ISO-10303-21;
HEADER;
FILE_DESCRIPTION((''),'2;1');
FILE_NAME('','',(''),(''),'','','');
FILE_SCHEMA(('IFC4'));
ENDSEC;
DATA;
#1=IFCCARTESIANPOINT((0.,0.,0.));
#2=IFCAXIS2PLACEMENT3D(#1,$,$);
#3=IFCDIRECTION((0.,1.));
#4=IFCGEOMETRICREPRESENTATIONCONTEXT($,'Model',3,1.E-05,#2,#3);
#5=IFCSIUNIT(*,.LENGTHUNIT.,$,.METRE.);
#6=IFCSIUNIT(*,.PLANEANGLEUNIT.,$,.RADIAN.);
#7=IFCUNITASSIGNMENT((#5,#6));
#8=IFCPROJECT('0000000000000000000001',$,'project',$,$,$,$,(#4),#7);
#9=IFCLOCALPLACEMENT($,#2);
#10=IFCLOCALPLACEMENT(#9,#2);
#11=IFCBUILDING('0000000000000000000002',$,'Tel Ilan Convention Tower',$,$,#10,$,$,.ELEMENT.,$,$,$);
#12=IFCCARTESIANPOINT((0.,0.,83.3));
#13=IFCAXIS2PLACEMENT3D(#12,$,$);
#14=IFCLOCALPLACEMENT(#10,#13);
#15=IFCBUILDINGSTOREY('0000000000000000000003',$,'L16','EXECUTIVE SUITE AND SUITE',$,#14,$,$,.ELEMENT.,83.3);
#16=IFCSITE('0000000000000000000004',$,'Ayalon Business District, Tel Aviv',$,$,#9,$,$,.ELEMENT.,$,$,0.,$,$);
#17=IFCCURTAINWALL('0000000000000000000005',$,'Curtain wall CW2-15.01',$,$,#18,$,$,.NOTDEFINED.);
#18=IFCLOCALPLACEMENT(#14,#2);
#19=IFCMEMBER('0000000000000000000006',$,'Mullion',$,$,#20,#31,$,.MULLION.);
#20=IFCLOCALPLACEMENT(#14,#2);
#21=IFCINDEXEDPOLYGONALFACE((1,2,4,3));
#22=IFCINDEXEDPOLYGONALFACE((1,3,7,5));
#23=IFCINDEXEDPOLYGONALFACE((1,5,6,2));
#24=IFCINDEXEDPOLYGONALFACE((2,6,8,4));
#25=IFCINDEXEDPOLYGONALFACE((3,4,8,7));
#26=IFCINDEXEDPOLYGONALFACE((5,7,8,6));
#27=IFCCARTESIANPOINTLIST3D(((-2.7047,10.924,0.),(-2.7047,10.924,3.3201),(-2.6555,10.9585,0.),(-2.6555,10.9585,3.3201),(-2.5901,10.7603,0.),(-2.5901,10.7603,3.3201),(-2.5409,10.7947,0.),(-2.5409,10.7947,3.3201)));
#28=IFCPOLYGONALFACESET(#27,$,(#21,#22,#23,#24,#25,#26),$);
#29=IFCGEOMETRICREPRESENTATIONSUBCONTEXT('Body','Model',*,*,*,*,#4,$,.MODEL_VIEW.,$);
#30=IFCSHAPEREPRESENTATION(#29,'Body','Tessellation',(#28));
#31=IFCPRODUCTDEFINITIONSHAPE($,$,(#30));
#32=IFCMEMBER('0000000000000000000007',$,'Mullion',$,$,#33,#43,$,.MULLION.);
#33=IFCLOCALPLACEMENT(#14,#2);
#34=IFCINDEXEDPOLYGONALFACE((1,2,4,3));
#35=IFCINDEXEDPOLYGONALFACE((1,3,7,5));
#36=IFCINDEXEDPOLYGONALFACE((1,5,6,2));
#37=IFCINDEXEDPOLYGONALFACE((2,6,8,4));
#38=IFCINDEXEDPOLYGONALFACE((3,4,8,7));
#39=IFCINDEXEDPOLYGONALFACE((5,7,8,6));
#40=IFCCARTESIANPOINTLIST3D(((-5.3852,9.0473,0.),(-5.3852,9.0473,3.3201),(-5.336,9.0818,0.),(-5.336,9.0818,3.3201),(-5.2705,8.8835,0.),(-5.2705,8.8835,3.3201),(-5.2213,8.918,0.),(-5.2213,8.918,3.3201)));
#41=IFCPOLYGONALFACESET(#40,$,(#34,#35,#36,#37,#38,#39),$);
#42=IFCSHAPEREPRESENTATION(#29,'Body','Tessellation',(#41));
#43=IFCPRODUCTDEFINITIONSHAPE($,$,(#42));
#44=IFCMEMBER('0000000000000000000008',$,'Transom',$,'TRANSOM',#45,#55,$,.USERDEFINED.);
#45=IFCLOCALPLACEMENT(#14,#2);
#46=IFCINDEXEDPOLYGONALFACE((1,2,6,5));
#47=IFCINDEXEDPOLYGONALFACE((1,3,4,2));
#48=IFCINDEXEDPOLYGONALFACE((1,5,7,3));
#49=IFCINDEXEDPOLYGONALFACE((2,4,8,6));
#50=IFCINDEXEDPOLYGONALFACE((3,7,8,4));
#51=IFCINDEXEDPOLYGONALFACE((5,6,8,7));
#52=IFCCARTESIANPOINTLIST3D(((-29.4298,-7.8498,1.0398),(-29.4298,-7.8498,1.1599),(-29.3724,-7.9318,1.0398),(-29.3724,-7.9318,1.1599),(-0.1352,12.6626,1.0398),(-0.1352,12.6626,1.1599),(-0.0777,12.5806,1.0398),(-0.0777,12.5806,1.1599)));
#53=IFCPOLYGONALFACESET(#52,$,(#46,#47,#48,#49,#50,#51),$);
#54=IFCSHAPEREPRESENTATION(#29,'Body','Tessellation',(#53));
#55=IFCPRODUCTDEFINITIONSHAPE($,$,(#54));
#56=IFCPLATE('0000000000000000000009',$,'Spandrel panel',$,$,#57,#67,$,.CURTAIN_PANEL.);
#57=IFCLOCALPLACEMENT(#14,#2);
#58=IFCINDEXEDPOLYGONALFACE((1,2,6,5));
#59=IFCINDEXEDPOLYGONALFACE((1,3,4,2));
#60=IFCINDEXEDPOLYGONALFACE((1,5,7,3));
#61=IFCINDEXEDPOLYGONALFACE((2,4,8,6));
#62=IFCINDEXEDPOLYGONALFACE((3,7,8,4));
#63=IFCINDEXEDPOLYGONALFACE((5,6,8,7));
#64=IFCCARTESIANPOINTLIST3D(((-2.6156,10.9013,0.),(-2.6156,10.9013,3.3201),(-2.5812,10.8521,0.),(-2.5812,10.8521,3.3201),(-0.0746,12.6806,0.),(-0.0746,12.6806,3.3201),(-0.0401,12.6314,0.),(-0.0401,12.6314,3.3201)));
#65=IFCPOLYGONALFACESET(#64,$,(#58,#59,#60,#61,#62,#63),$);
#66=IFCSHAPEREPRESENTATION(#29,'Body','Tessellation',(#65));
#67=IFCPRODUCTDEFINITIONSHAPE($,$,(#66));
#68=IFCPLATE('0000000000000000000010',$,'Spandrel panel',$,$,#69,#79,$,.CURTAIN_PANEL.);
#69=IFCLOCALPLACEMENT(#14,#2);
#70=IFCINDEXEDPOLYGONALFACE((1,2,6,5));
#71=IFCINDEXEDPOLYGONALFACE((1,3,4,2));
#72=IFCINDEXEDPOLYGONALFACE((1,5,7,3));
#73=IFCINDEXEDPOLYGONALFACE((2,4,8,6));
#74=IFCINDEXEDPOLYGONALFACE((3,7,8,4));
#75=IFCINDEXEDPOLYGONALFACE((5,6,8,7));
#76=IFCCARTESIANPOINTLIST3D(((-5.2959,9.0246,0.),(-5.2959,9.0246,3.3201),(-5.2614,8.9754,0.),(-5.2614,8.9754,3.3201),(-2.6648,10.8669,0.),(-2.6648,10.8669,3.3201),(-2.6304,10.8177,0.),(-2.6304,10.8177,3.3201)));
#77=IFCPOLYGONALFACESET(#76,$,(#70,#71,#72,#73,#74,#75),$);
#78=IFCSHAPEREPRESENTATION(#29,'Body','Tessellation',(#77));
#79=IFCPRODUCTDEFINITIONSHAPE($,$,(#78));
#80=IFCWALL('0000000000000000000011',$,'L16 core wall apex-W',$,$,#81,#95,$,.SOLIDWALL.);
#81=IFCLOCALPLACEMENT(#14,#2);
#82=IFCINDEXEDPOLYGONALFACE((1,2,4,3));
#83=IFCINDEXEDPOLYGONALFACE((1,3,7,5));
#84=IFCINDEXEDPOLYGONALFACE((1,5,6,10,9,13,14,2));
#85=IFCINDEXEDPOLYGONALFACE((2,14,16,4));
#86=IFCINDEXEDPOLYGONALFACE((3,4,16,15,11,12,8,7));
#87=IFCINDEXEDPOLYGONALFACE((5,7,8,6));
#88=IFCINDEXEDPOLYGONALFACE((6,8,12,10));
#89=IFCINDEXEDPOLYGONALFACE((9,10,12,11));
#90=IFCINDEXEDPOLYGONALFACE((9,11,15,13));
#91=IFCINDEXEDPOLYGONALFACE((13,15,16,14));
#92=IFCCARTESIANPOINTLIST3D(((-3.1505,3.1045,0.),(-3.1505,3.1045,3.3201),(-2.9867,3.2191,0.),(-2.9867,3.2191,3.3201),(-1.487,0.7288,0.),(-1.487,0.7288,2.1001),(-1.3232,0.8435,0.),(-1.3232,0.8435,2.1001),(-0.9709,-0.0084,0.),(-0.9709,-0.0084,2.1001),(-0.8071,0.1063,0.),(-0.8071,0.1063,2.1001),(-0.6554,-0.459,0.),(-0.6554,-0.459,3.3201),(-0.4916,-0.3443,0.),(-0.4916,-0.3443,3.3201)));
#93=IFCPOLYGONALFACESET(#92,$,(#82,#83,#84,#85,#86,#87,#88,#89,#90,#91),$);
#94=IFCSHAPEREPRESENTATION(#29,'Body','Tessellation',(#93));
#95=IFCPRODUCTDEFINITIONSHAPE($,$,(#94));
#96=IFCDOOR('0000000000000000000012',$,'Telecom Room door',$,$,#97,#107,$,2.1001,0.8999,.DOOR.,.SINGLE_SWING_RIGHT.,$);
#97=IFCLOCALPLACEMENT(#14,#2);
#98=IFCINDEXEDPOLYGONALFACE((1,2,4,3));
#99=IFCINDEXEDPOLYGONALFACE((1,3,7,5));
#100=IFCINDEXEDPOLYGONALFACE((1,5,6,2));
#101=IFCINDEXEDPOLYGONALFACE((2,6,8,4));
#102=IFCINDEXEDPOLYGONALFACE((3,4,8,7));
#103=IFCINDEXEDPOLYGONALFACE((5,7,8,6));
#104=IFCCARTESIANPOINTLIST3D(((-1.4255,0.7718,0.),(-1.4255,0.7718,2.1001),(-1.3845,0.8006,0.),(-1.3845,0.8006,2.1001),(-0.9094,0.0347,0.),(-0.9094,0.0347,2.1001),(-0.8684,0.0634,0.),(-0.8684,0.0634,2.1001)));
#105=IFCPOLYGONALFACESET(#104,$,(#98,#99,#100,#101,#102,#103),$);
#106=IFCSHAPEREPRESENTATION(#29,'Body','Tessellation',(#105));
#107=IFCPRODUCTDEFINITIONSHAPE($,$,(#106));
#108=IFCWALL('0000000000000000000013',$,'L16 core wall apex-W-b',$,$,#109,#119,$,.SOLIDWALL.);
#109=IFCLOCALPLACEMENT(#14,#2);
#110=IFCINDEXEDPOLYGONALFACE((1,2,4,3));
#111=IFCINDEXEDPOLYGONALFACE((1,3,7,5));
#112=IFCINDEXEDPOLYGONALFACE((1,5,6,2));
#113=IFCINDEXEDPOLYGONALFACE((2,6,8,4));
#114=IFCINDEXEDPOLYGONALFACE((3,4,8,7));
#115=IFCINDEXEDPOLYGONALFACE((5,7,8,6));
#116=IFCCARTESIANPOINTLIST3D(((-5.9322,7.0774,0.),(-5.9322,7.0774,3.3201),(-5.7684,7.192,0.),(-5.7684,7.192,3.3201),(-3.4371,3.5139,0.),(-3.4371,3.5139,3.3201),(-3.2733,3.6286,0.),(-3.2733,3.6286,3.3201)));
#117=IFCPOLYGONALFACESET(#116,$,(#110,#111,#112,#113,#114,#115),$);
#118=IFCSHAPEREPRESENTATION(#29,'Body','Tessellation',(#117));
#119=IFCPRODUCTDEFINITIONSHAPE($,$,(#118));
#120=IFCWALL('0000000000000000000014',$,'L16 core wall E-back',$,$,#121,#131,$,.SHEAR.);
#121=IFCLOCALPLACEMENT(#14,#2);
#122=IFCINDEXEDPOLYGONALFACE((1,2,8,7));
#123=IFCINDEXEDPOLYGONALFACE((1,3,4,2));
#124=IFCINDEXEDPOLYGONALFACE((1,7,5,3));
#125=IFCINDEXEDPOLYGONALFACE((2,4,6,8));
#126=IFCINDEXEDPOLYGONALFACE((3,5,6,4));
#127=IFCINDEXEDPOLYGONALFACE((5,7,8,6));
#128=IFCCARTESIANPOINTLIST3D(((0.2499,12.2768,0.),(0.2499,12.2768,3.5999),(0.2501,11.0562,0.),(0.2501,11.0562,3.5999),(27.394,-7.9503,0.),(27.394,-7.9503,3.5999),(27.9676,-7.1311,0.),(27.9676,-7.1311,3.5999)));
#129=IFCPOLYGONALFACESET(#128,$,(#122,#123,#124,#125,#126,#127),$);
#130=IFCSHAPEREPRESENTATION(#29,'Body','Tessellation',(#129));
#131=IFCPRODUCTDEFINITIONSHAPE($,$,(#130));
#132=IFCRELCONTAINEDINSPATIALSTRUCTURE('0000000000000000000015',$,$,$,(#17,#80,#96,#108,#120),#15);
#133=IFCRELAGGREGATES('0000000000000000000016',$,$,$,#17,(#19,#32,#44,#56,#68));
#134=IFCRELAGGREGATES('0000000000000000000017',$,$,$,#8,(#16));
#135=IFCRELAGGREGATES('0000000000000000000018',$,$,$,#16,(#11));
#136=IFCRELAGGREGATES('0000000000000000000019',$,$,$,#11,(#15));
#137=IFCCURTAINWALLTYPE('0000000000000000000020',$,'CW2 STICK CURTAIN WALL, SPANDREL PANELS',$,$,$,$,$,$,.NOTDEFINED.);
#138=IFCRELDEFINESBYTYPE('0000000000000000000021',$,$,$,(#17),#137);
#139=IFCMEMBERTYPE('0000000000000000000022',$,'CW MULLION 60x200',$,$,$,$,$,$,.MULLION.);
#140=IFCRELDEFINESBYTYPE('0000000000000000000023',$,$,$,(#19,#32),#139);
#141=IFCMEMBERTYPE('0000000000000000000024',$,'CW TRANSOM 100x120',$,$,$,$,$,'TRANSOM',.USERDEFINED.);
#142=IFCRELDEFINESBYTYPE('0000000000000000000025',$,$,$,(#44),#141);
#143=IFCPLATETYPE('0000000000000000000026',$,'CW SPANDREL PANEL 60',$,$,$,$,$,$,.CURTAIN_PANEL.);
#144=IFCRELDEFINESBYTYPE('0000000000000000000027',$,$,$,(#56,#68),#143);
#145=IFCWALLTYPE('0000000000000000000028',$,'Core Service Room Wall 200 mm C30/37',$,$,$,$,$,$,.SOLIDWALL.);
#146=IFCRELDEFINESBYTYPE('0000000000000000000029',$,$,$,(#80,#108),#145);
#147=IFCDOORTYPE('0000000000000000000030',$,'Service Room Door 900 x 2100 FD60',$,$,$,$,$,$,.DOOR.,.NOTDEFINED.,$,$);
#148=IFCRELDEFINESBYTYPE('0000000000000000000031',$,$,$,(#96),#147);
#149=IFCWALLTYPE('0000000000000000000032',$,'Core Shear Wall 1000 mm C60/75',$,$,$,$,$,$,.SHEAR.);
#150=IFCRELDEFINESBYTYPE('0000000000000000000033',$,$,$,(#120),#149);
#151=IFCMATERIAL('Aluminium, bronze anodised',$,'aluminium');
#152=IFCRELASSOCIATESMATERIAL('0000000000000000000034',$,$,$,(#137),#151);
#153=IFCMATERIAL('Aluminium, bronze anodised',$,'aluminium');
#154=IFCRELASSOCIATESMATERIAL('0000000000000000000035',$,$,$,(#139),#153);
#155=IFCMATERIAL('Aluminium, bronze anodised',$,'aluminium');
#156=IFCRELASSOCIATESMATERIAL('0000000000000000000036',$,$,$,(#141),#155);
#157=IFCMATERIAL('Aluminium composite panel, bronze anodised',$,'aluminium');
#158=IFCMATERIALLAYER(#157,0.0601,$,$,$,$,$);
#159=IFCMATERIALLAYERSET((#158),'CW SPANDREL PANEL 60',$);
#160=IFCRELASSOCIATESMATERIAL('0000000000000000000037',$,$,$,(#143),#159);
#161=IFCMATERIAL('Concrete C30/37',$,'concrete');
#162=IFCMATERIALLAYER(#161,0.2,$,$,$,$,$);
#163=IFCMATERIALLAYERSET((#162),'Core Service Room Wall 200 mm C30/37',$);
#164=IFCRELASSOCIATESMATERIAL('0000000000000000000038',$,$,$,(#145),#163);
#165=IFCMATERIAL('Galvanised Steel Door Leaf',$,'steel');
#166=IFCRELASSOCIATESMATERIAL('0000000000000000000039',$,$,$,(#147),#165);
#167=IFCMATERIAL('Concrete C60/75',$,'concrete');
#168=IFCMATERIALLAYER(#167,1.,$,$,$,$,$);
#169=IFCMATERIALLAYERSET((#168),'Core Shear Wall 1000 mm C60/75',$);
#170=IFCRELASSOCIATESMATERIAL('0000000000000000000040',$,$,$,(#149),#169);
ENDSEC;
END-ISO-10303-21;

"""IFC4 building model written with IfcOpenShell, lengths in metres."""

from ifc_helpers import new_model, si_unit, direction, frame, frame_2d, origin, origin_2d, place, context, subcontext, project, spatial, polyline, rectangle, outline, extrude, material, layer, layer_set, material_profile, profile_set, type_object, element, fill, aggregate, save


model = new_model("IFC4")

# Units and contexts
model_context = context("Model", 3, precision=1e-05, world=origin(), true_north=direction((0.0, 1.0)))
body_context = subcontext(model_context, "Body", "Model", "MODEL_VIEW")
ifc_project = project(units=[si_unit("LENGTHUNIT", "METRE"), si_unit("PLANEANGLEUNIT", "RADIAN")], contexts=[model_context])

# Site, building, storey
site_placement = place(None, origin())
site = spatial("IfcSite", under=ifc_project, at=site_placement, Name="Ayalon Business District, Tel Aviv", CompositionType="ELEMENT", RefElevation=0.0)
building_placement = place(site_placement, origin())
building = spatial("IfcBuilding", under=site, at=building_placement, Name="Tel Ilan Convention Tower", CompositionType="ELEMENT")
storey_placement = place(building_placement, frame((0.0, 0.0, 83.3)))
storey = spatial("IfcBuildingStorey", under=building, at=storey_placement, Name="L16", Description="EXECUTIVE SUITE AND SUITE", CompositionType="ELEMENT", Elevation=83.3)

# Curtain wall, members, plates
ifc_material_1 = material(Name="Aluminium, bronze anodised", Category="aluminium")
curtain_wall_type = type_object("IfcCurtainWallType", Name="CW2 STICK CURTAIN WALL, SPANDREL PANELS", PredefinedType="NOTDEFINED", material=ifc_material_1)
curtain_wall_placement = place(storey_placement, origin())
curtain_wall = element("IfcCurtainWall", 1, at=curtain_wall_placement, inside=storey, type_object=curtain_wall_type, Name="Curtain wall CW2-15.01", PredefinedType="NOTDEFINED")
ifc_material_2 = material(Name="Aluminium, bronze anodised", Category="aluminium")
ifc_material_profile_1 = material_profile(ifc_material_2, rectangle(XDim=0.0601, YDim=0.2, at=origin_2d()), Name="CW MULLION 60x200")
ifc_profile_set_1 = profile_set([ifc_material_profile_1], Name="Aluminium, bronze anodised")
member_type_1 = type_object("IfcMemberType", Name="CW MULLION 60x200", PredefinedType="MULLION", material=ifc_profile_set_1)
member_1_placement = place(storey_placement, frame((-2.6228, 10.8594, 0.0), z_axis=(0.0, 0.0, 1.0), x_axis=(-0.819152, -0.573576, 0.0)))
member_1 = element("IfcMember", 2, at=member_1_placement, type_object=member_type_1, Name="Mullion", PredefinedType="MULLION", context=body_context, shape_type="SweptSolid", body=[
    extrude(rectangle(XDim=0.0601, YDim=0.2, at=origin_2d()), origin(), (0.0, 0.0, 1.0), 3.3201),
])
member_2_placement = place(storey_placement, frame((-5.3032, 8.9827, 0.0), z_axis=(0.0, 0.0, 1.0), x_axis=(-0.819152, -0.573576, 0.0)))
member_2 = element("IfcMember", 3, at=member_2_placement, type_object=member_type_1, Name="Mullion", PredefinedType="MULLION", context=body_context, shape_type="SweptSolid", body=[
    extrude(rectangle(XDim=0.0601, YDim=0.2, at=origin_2d()), origin(), (0.0, 0.0, 1.0), 3.3201),
])
ifc_material_3 = material(Name="Aluminium, bronze anodised", Category="aluminium")
ifc_material_profile_2 = material_profile(ifc_material_3, rectangle(XDim=0.1001, YDim=0.1201, at=origin_2d()), Name="CW TRANSOM 100x120")
ifc_profile_set_2 = profile_set([ifc_material_profile_2], Name="Aluminium, bronze anodised")
member_type_2 = type_object("IfcMemberType", Name="CW TRANSOM 100x120", ElementType="TRANSOM", PredefinedType="USERDEFINED", material=ifc_profile_set_2)
member_3_placement = place(storey_placement, frame((-0.1064, 12.6216, 1.0999), z_axis=(-0.819151, -0.573578, 0.0), x_axis=(0.573578, -0.819151, 0.0)))
member_3 = element("IfcMember", 4, at=member_3_placement, type_object=member_type_2, Name="Transom", ObjectType="TRANSOM", PredefinedType="USERDEFINED", context=body_context, shape_type="SweptSolid", body=[
    extrude(rectangle(XDim=0.1001, YDim=0.1201, at=origin_2d()), origin(), (0.0, 0.0, 1.0), 35.7622),
])
ifc_material_4 = material(Name="Aluminium composite panel, bronze anodised", Category="aluminium")
ifc_layer_1 = layer(ifc_material_4, 0.0601)
ifc_layer_set_1 = layer_set([ifc_layer_1], Name="CW SPANDREL PANEL 60")
plate_type = type_object("IfcPlateType", Name="CW SPANDREL PANEL 60", PredefinedType="CURTAIN_PANEL", material=ifc_layer_set_1)
plate_1_placement = place(storey_placement, frame((-1.3279, 11.7664, 0.0), z_axis=(0.0, 0.0, 1.0), x_axis=(-0.819152, -0.573576, 0.0)))
plate_1 = element("IfcPlate", 5, at=plate_1_placement, type_object=plate_type, Name="Spandrel panel", PredefinedType="CURTAIN_PANEL", context=body_context, shape_type="SweptSolid", body=[
    extrude(rectangle(XDim=3.1021, YDim=0.0601, at=origin_2d()), origin(), (0.0, 0.0, 1.0), 3.3201),
])
plate_2_placement = place(storey_placement, frame((-3.9631, 9.9211, 0.0), z_axis=(0.0, 0.0, 1.0), x_axis=(-0.819152, -0.573576, 0.0)))
plate_2 = element("IfcPlate", 6, at=plate_2_placement, type_object=plate_type, Name="Spandrel panel", PredefinedType="CURTAIN_PANEL", context=body_context, shape_type="SweptSolid", body=[
    extrude(rectangle(XDim=3.2119, YDim=0.0601, at=origin_2d()), origin(), (0.0, 0.0, 1.0), 3.3201),
])
aggregate(curtain_wall, [member_1, member_2, member_3, plate_1, plate_2])

# Wall, opening, door
ifc_material_5 = material(Name="Concrete C30/37", Category="concrete")
ifc_layer_2 = layer(ifc_material_5, 0.2)
ifc_layer_set_2 = layer_set([ifc_layer_2], Name="Core Service Room Wall 200 mm C30/37")
wall_type_1 = type_object("IfcWallType", Name="Core Service Room Wall 200 mm C30/37", PredefinedType="SOLIDWALL", material=ifc_layer_set_2)
wall_1_placement = place(storey_placement, frame((-0.5735, -0.4016, 0.0), z_axis=(0.0, 0.0, 1.0), x_axis=(-0.573568, 0.819158, 0.0)))
wall_1 = element("IfcWall", 7, at=wall_1_placement, inside=storey, type_object=wall_type_1, Name="L16 core wall apex-W", PredefinedType="SOLIDWALL", context=body_context, shape_type="SweptSolid", body=[
    extrude(rectangle(XDim=4.3501, YDim=0.2, at=frame_2d((2.175, 0.0))), origin(), (0.0, 0.0, 1.0), 3.3201),
])
opening_1_placement = place(wall_1_placement, frame((0.55, 0.0, 0.0)))
opening_1 = element("IfcOpeningElement", 8, at=opening_1_placement, cuts=wall_1, PredefinedType="OPENING", context=body_context, shape_type="SweptSolid", body=[
    extrude(rectangle(XDim=0.8999, YDim=2.1001, at=frame_2d((0.45, 1.05))), frame((0.0, 0.1099, 0.0), z_axis=(0.0, -1.0, 0.0), x_axis=(1.0, 0.0, 0.0)), (0.0, 0.0, 1.0), 0.22),
])
ifc_material_6 = material(Name="Galvanised Steel Door Leaf", Category="steel")
door_type_1 = type_object("IfcDoorType", Name="Service Room Door 900 x 2100 FD60", OperationType="NOTDEFINED", PredefinedType="DOOR", material=ifc_material_6)
door_1_placement = place(opening_1_placement, origin())
door_1 = element("IfcDoor", 9, at=door_1_placement, inside=storey, type_object=door_type_1, Name="Telecom Room door", OperationType="SINGLE_SWING_RIGHT", OverallHeight=2.1001, OverallWidth=0.8999, PredefinedType="DOOR", context=body_context, shape_type="SweptSolid", body=[
    extrude(rectangle(XDim=0.8999, YDim=2.1001, at=frame_2d((0.45, 1.05))), frame((0.0, 0.0249, 0.0), z_axis=(0.0, -1.0, 0.0), x_axis=(1.0, 0.0, 0.0)), (0.0, 0.0, 1.0), 0.05),
])
fill(opening_1, door_1)

# Walls
wall_2_placement = place(storey_placement, frame((-3.3552, 3.5713, 0.0), z_axis=(0.0, 0.0, 1.0), x_axis=(-0.573568, 0.819158, 0.0)))
element("IfcWall", 10, at=wall_2_placement, inside=storey, type_object=wall_type_1, Name="L16 core wall apex-W-b", PredefinedType="SOLIDWALL", context=body_context, shape_type="SweptSolid", body=[
    extrude(rectangle(XDim=4.3501, YDim=0.2, at=frame_2d((2.175, 0.0))), origin(), (0.0, 0.0, 1.0), 3.3201),
])
ifc_material_7 = material(Name="Concrete C60/75", Category="concrete")
ifc_layer_3 = layer(ifc_material_7, 1.0)
ifc_layer_set_3 = layer_set([ifc_layer_3], Name="Core Shear Wall 1000 mm C60/75")
wall_type_2 = type_object("IfcWallType", Name="Core Shear Wall 1000 mm C60/75", PredefinedType="SHEAR", material=ifc_layer_set_3)
wall_3_placement = place(storey_placement, frame((-0.0369, 11.8672, 0.0), z_axis=(0.0, 0.0, 1.0), x_axis=(0.819155, -0.573572, 0.0)))
element("IfcWall", 11, at=wall_3_placement, inside=storey, type_object=wall_type_2, Name="L16 core wall E-back", PredefinedType="SHEAR", context=body_context, shape_type="SweptSolid", body=[
    extrude(outline(polyline([(33.8369, 0.5), (0.0, 0.5), (0.7002, -0.4998), (33.8369, -0.5), (33.8369, 0.5)])), origin(), (0.0, 0.0, 1.0), 3.5999),
])

save(model, "model.ifc")
